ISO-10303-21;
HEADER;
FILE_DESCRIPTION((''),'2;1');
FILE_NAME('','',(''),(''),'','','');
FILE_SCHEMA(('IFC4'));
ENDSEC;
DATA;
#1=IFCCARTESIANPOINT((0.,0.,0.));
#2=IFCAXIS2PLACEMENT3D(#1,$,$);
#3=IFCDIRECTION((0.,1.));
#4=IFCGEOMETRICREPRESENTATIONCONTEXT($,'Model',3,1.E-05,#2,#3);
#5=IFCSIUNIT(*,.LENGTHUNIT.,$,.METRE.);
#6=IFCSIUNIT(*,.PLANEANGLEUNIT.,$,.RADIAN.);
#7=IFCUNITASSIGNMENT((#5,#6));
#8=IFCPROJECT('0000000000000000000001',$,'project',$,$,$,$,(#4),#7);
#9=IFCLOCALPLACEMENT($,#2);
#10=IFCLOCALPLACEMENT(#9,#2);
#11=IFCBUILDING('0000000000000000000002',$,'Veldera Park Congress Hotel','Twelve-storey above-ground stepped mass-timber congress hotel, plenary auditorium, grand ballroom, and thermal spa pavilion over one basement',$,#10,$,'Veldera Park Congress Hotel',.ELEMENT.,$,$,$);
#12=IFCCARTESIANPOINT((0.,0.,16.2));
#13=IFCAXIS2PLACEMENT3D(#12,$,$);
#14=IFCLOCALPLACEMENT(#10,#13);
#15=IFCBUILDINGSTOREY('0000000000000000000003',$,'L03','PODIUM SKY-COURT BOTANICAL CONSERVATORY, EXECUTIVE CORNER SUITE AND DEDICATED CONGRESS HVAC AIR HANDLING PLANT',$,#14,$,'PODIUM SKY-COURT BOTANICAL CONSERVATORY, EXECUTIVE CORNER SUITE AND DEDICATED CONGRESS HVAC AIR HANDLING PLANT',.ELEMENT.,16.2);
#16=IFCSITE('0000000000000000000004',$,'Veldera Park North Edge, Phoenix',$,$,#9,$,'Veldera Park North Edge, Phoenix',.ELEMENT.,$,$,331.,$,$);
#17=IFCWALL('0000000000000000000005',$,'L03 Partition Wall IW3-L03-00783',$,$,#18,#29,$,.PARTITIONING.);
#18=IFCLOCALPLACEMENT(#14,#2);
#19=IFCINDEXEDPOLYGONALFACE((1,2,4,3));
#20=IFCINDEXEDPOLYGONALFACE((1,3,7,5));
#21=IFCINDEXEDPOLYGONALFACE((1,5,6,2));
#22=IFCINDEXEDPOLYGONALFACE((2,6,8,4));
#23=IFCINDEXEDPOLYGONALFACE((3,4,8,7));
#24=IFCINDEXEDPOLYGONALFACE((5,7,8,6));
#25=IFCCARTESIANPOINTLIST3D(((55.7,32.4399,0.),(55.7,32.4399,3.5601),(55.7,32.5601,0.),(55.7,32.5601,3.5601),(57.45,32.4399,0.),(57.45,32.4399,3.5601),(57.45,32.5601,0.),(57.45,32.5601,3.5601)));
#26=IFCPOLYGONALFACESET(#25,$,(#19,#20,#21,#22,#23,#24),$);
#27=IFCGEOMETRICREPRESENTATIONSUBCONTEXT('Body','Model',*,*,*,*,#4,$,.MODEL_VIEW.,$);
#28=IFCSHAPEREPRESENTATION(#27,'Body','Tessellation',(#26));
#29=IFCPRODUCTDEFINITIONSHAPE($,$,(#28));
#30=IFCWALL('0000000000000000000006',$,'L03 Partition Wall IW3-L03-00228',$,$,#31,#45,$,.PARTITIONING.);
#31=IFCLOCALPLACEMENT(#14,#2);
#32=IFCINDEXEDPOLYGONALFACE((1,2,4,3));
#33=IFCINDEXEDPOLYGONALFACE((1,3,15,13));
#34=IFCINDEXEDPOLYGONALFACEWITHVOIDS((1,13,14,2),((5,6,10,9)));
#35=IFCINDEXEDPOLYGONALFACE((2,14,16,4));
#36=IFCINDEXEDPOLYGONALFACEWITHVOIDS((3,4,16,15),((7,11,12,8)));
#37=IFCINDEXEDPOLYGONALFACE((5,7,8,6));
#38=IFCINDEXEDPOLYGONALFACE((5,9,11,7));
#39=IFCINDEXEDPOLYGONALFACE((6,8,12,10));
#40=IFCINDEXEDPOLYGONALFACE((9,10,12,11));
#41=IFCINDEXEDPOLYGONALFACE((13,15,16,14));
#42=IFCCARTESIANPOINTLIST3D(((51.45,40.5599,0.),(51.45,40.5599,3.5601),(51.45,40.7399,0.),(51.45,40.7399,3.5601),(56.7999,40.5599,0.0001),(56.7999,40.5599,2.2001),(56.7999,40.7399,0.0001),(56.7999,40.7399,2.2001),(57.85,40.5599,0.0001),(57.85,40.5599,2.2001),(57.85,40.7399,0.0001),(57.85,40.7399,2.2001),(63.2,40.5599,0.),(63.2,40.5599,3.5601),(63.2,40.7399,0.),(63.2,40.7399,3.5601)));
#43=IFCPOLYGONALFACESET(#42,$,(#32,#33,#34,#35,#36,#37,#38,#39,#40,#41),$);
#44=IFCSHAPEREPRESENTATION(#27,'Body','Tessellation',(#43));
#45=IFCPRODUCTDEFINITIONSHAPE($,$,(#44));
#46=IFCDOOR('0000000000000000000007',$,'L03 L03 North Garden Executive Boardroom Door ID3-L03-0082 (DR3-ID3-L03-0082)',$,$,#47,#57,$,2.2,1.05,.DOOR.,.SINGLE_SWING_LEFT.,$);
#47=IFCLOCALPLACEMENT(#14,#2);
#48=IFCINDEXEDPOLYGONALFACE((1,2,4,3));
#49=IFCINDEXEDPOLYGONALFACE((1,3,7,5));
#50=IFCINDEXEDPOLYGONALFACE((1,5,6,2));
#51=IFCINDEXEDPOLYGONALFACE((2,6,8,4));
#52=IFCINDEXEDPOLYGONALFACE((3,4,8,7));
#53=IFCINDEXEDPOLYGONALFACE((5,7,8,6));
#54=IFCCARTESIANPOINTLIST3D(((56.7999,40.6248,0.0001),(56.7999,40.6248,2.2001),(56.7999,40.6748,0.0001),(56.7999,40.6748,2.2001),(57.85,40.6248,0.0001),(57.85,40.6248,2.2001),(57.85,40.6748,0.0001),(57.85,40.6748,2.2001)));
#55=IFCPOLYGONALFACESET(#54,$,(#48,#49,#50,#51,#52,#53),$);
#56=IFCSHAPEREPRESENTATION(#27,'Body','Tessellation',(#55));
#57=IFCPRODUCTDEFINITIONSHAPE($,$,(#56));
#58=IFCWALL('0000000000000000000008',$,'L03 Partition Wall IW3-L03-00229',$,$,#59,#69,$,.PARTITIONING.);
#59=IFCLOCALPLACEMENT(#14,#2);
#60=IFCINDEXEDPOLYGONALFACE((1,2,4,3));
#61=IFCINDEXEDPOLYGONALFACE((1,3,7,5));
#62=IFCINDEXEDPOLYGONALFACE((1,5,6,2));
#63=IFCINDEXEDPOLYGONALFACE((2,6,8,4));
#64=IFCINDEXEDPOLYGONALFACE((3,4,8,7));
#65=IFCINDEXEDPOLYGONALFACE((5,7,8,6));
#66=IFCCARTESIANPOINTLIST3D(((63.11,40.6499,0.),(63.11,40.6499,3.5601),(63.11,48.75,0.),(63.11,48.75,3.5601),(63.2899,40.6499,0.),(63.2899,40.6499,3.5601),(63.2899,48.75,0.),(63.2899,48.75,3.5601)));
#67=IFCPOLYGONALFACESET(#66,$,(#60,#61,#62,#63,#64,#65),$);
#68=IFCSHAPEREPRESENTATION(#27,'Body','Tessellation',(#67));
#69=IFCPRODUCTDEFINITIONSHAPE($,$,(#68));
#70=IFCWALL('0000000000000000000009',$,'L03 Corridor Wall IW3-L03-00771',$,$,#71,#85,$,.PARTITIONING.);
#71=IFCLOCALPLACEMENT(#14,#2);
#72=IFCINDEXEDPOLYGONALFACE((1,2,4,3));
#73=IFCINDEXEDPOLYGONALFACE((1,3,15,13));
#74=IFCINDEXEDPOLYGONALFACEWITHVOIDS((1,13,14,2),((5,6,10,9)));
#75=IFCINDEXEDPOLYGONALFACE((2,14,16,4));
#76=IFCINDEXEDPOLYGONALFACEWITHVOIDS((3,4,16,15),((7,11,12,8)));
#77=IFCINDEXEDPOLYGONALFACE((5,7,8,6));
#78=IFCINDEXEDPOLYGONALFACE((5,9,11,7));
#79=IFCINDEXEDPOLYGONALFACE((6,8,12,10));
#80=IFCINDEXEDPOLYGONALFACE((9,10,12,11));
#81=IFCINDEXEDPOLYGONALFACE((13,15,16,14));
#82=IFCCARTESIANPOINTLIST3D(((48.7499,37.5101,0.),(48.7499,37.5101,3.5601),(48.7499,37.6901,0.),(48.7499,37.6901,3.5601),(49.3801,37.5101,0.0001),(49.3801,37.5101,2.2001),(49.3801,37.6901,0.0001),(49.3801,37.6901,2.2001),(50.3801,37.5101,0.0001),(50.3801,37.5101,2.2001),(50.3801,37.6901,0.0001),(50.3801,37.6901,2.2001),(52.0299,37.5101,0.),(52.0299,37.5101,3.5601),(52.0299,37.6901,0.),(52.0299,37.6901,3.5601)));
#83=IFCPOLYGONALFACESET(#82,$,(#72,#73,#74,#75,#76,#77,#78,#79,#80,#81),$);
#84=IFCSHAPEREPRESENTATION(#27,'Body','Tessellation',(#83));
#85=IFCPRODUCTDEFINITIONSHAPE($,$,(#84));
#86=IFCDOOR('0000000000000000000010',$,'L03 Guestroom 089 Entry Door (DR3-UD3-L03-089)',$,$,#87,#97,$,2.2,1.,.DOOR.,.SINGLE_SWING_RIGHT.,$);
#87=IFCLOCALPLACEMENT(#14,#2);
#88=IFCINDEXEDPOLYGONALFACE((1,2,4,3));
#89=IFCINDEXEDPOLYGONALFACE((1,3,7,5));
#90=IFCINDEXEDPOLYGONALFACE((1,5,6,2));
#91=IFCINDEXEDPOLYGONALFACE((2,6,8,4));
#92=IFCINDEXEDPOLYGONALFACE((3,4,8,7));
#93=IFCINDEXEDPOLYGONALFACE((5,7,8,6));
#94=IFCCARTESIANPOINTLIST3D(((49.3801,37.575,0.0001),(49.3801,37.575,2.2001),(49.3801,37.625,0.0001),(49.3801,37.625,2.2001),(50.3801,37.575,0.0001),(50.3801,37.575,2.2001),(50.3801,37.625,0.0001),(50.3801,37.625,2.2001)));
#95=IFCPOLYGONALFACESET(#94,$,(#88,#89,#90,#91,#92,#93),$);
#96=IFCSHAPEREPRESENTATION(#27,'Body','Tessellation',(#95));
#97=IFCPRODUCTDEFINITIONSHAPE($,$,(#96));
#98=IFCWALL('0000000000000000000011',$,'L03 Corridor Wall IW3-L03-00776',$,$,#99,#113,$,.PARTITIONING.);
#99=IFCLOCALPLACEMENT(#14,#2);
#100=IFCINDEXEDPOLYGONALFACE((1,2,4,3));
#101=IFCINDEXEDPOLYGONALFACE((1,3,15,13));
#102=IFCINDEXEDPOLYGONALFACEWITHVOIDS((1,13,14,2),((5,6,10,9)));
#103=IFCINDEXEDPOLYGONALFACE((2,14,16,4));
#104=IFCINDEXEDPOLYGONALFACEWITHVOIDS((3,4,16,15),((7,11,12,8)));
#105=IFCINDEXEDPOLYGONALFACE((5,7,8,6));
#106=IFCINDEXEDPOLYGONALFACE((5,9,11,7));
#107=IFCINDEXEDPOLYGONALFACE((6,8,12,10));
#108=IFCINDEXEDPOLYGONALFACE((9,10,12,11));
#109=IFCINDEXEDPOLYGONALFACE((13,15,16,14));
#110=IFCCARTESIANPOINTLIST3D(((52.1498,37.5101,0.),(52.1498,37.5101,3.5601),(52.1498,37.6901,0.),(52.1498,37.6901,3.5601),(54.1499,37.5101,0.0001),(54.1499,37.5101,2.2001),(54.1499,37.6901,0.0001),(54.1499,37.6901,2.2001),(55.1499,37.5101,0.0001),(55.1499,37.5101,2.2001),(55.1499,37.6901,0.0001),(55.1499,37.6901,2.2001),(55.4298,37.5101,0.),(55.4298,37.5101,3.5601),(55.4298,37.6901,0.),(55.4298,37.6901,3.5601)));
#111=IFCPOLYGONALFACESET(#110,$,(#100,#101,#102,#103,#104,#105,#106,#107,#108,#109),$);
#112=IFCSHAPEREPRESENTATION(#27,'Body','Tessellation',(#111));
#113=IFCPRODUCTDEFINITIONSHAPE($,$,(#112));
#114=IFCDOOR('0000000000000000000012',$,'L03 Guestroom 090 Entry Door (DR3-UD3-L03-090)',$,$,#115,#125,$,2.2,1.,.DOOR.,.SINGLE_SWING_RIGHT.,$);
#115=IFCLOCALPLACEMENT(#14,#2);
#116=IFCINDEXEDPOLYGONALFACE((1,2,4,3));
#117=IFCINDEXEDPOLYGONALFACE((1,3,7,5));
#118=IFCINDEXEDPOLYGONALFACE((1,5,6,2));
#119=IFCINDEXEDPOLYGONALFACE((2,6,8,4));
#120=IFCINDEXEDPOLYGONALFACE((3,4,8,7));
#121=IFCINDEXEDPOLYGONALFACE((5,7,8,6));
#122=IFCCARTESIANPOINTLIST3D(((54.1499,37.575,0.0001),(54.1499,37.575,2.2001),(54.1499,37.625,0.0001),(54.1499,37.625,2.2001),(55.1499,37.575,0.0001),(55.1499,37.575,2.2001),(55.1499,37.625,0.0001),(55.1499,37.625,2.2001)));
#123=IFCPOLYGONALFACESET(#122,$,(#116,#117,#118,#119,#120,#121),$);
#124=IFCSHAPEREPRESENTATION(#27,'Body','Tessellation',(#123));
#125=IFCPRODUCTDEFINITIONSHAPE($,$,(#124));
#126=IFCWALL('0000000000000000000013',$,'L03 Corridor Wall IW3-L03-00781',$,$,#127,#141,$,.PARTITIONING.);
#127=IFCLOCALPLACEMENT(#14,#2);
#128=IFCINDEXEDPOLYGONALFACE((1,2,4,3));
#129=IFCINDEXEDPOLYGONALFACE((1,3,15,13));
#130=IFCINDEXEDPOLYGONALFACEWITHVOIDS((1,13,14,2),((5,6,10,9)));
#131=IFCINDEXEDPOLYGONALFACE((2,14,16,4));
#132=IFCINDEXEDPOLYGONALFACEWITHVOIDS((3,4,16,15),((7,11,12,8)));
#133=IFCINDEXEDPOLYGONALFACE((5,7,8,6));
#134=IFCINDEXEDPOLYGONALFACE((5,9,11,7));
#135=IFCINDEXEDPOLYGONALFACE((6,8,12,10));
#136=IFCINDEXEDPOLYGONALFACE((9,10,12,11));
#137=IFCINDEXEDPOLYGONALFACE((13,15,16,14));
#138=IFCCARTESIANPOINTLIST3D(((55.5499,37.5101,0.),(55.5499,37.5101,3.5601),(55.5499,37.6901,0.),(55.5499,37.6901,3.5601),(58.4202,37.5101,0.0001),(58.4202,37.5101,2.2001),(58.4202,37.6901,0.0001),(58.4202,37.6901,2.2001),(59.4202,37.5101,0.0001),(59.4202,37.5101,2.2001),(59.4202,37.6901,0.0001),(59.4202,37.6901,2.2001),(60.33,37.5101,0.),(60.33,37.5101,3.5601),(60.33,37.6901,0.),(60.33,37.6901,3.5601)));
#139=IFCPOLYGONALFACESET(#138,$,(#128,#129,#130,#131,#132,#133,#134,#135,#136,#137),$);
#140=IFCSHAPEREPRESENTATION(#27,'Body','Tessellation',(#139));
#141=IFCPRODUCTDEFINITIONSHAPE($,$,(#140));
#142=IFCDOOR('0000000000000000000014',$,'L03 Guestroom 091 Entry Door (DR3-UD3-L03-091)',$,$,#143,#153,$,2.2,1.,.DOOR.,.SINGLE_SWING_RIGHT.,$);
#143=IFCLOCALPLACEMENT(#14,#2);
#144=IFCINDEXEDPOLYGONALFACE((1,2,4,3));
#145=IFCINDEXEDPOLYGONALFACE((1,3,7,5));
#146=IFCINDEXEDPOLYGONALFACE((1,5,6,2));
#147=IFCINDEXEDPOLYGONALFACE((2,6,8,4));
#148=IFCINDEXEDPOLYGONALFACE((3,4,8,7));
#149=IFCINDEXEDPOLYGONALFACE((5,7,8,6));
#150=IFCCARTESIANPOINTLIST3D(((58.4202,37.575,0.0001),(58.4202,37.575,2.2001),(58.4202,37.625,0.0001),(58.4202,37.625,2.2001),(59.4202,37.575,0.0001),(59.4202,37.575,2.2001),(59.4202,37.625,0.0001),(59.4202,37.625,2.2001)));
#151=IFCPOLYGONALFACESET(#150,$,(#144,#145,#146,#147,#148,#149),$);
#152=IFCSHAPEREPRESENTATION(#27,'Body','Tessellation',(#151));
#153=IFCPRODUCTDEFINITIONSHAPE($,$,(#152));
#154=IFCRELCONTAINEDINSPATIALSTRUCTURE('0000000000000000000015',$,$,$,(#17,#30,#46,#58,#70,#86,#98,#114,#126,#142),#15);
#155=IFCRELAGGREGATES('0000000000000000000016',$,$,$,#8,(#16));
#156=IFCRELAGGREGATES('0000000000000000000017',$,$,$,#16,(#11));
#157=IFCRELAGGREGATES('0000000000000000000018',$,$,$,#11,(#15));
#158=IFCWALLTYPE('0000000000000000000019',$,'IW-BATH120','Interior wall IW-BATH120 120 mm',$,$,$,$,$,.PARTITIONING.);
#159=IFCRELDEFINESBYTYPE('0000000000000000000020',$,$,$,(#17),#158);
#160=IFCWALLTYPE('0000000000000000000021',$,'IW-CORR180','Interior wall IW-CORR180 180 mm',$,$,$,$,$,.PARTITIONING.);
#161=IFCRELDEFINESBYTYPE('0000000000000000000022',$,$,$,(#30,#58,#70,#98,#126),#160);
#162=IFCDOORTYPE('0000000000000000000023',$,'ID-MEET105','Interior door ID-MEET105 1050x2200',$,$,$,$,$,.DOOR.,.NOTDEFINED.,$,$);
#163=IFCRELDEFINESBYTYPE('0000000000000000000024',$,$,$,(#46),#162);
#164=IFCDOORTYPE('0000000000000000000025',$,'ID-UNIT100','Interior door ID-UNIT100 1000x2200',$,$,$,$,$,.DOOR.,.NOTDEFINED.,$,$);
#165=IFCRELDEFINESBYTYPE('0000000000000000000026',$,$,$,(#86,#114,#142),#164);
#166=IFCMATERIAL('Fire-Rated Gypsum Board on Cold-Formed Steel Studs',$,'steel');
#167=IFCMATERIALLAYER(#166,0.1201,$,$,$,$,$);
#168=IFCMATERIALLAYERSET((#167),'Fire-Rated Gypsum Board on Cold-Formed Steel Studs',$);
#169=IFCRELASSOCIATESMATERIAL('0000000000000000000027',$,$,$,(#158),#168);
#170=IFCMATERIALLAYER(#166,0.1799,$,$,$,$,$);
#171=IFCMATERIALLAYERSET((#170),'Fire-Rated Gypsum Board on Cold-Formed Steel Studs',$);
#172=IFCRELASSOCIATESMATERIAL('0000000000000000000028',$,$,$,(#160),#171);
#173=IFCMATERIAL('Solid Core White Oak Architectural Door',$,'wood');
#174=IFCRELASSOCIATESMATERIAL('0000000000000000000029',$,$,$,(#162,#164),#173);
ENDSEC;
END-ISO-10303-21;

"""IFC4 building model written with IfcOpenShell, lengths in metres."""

from ifc_helpers import new_model, si_unit, direction, frame, frame_2d, origin, place, context, subcontext, project, spatial, rectangle, extrude, material, layer, layer_set, type_object, element, fill, save


model = new_model("IFC4")

# Units and contexts
model_context = context("Model", 3, precision=1e-05, world=origin(), true_north=direction((0.0, 1.0)))
body_context = subcontext(model_context, "Body", "Model", "MODEL_VIEW")
ifc_project = project(units=[si_unit("LENGTHUNIT", "METRE"), si_unit("PLANEANGLEUNIT", "RADIAN")], contexts=[model_context])

# Site, building, storey
site_placement = place(None, origin())
site = spatial("IfcSite", under=ifc_project, at=site_placement, Name="Veldera Park North Edge, Phoenix", LongName="Veldera Park North Edge, Phoenix", CompositionType="ELEMENT", RefElevation=331.0)
building_placement = place(site_placement, origin())
building = spatial("IfcBuilding", under=site, at=building_placement, Name="Veldera Park Congress Hotel", Description="Twelve-storey above-ground stepped mass-timber congress hotel, plenary auditorium, grand ballroom, and thermal spa pavilion over one basement", LongName="Veldera Park Congress Hotel", CompositionType="ELEMENT")
storey_placement = place(building_placement, frame((0.0, 0.0, 16.2)))
storey = spatial("IfcBuildingStorey", under=building, at=storey_placement, Name="L03", Description="PODIUM SKY-COURT BOTANICAL CONSERVATORY, EXECUTIVE CORNER SUITE AND DEDICATED CONGRESS HVAC AIR HANDLING PLANT", LongName="PODIUM SKY-COURT BOTANICAL CONSERVATORY, EXECUTIVE CORNER SUITE AND DEDICATED CONGRESS HVAC AIR HANDLING PLANT", CompositionType="ELEMENT", Elevation=16.2)

# Wall
ifc_material_1 = material(Name="Fire-Rated Gypsum Board on Cold-Formed Steel Studs", Category="steel")
ifc_layer_1 = layer(ifc_material_1, 0.1201)
ifc_layer_set_1 = layer_set([ifc_layer_1], Name="Fire-Rated Gypsum Board on Cold-Formed Steel Studs")
wall_type_1 = type_object("IfcWallType", Name="IW-BATH120", Description="Interior wall IW-BATH120 120 mm", PredefinedType="PARTITIONING", material=ifc_layer_set_1)
wall_1_placement = place(storey_placement, frame((55.7, 32.5, 0.0), z_axis=(0.0, 0.0, 1.0), x_axis=(1.0, 0.0, 0.0)))
element("IfcWall", 1, at=wall_1_placement, inside=storey, type_object=wall_type_1, Name="L03 Partition Wall IW3-L03-00783", PredefinedType="PARTITIONING", context=body_context, shape_type="SweptSolid", body=[
    extrude(rectangle(XDim=1.75, YDim=0.1201, at=frame_2d((0.875, 0.0))), origin(), (0.0, 0.0, 1.0), 3.5601),
])

# Wall, opening, door
ifc_layer_2 = layer(ifc_material_1, 0.1799)
ifc_layer_set_2 = layer_set([ifc_layer_2], Name="Fire-Rated Gypsum Board on Cold-Formed Steel Studs")
wall_type_2 = type_object("IfcWallType", Name="IW-CORR180", Description="Interior wall IW-CORR180 180 mm", PredefinedType="PARTITIONING", material=ifc_layer_set_2)
wall_2_placement = place(storey_placement, frame((51.45, 40.6499, 0.0), z_axis=(0.0, 0.0, 1.0), x_axis=(1.0, 0.0, 0.0)))
wall_2 = element("IfcWall", 2, at=wall_2_placement, inside=storey, type_object=wall_type_2, Name="L03 Partition Wall IW3-L03-00228", PredefinedType="PARTITIONING", context=body_context, shape_type="SweptSolid", body=[
    extrude(rectangle(XDim=11.75, YDim=0.1799, at=frame_2d((5.875, 0.0))), origin(), (0.0, 0.0, 1.0), 3.5601),
])
opening_1_placement = place(wall_2_placement, frame((5.3501, 0.0, 0.0)))
opening_1 = element("IfcOpeningElement", 3, at=opening_1_placement, cuts=wall_2, PredefinedType="OPENING", context=body_context, shape_type="SweptSolid", body=[
    extrude(rectangle(XDim=1.05, YDim=2.2, at=frame_2d((0.5249, 1.1001))), frame((0.0, 0.1021, 0.0), z_axis=(0.0, -1.0, 0.0), x_axis=(1.0, 0.0, 0.0)), (0.0, 0.0, 1.0), 0.2039),
])
ifc_material_2 = material(Name="Solid Core White Oak Architectural Door", Category="wood")
door_type_1 = type_object("IfcDoorType", Name="ID-MEET105", Description="Interior door ID-MEET105 1050x2200", OperationType="NOTDEFINED", PredefinedType="DOOR", material=ifc_material_2)
door_1_placement = place(opening_1_placement, origin())
door_1 = element("IfcDoor", 4, at=door_1_placement, inside=storey, type_object=door_type_1, Name="L03 L03 North Garden Executive Boardroom Door ID3-L03-0082 (DR3-ID3-L03-0082)", OperationType="SINGLE_SWING_LEFT", OverallHeight=2.2, OverallWidth=1.05, PredefinedType="DOOR", context=body_context, shape_type="SweptSolid", body=[
    extrude(rectangle(XDim=1.05, YDim=2.2, at=frame_2d((0.5249, 1.1001))), frame((0.0, 0.0249, 0.0), z_axis=(0.0, -1.0, 0.0), x_axis=(1.0, 0.0, 0.0)), (0.0, 0.0, 1.0), 0.05),
])
fill(opening_1, door_1)

# Wall
wall_3_placement = place(storey_placement, frame((63.2, 40.6499, 0.0), z_axis=(0.0, 0.0, 1.0), x_axis=(0.0, 1.0, 0.0)))
element("IfcWall", 5, at=wall_3_placement, inside=storey, type_object=wall_type_2, Name="L03 Partition Wall IW3-L03-00229", PredefinedType="PARTITIONING", context=body_context, shape_type="SweptSolid", body=[
    extrude(rectangle(XDim=8.1001, YDim=0.1799, at=frame_2d((4.05, 0.0))), origin(), (0.0, 0.0, 1.0), 3.5601),
])

# Walls, openings, doors
wall_4_placement = place(storey_placement, frame((52.03, 37.6001, 0.0), z_axis=(0.0, 0.0, 1.0), x_axis=(-1.0, 0.0, 0.0)))
wall_4 = element("IfcWall", 6, at=wall_4_placement, inside=storey, type_object=wall_type_2, Name="L03 Corridor Wall IW3-L03-00771", PredefinedType="PARTITIONING", context=body_context, shape_type="SweptSolid", body=[
    extrude(rectangle(XDim=3.28, YDim=0.1799, at=frame_2d((1.6401, 0.0))), origin(), (0.0, 0.0, 1.0), 3.5601),
])
opening_2_placement = place(wall_4_placement, frame((1.6499, 0.0, 0.0)))
opening_2 = element("IfcOpeningElement", 7, at=opening_2_placement, cuts=wall_4, PredefinedType="OPENING", context=body_context, shape_type="SweptSolid", body=[
    extrude(rectangle(XDim=1.0, YDim=2.2, at=frame_2d((0.5, 1.1001))), frame((0.0, 0.1021, 0.0), z_axis=(0.0, -1.0, 0.0), x_axis=(1.0, 0.0, 0.0)), (0.0, 0.0, 1.0), 0.2039),
])
door_type_2 = type_object("IfcDoorType", Name="ID-UNIT100", Description="Interior door ID-UNIT100 1000x2200", OperationType="NOTDEFINED", PredefinedType="DOOR", material=ifc_material_2)
door_2_placement = place(opening_2_placement, frame((1.0, 0.0, 0.0), z_axis=(0.0, 0.0, 1.0), x_axis=(-1.0, 0.0, 0.0)))
door_2 = element("IfcDoor", 8, at=door_2_placement, inside=storey, type_object=door_type_2, Name="L03 Guestroom 089 Entry Door (DR3-UD3-L03-089)", OperationType="SINGLE_SWING_RIGHT", OverallHeight=2.2, OverallWidth=1.0, PredefinedType="DOOR", context=body_context, shape_type="SweptSolid", body=[
    extrude(rectangle(XDim=1.0, YDim=2.2, at=frame_2d((0.5, 1.1001))), frame((0.0, 0.0249, 0.0), z_axis=(0.0, -1.0, 0.0), x_axis=(1.0, 0.0, 0.0)), (0.0, 0.0, 1.0), 0.05),
])
fill(opening_2, door_2)
wall_5_placement = place(storey_placement, frame((55.4299, 37.6001, 0.0), z_axis=(0.0, 0.0, 1.0), x_axis=(-1.0, 0.0, 0.0)))
wall_5 = element("IfcWall", 9, at=wall_5_placement, inside=storey, type_object=wall_type_2, Name="L03 Corridor Wall IW3-L03-00776", PredefinedType="PARTITIONING", context=body_context, shape_type="SweptSolid", body=[
    extrude(rectangle(XDim=3.28, YDim=0.1799, at=frame_2d((1.6401, 0.0))), origin(), (0.0, 0.0, 1.0), 3.5601),
])
opening_3_placement = place(wall_5_placement, frame((0.28, 0.0, 0.0)))
opening_3 = element("IfcOpeningElement", 10, at=opening_3_placement, cuts=wall_5, PredefinedType="OPENING", context=body_context, shape_type="SweptSolid", body=[
    extrude(rectangle(XDim=1.0, YDim=2.2, at=frame_2d((0.5, 1.1001))), frame((0.0, 0.1021, 0.0), z_axis=(0.0, -1.0, 0.0), x_axis=(1.0, 0.0, 0.0)), (0.0, 0.0, 1.0), 0.2039),
])
door_3_placement = place(opening_3_placement, frame((1.0, 0.0, 0.0), z_axis=(0.0, 0.0, 1.0), x_axis=(-1.0, 0.0, 0.0)))
door_3 = element("IfcDoor", 11, at=door_3_placement, inside=storey, type_object=door_type_2, Name="L03 Guestroom 090 Entry Door (DR3-UD3-L03-090)", OperationType="SINGLE_SWING_RIGHT", OverallHeight=2.2, OverallWidth=1.0, PredefinedType="DOOR", context=body_context, shape_type="SweptSolid", body=[
    extrude(rectangle(XDim=1.0, YDim=2.2, at=frame_2d((0.5, 1.1001))), frame((0.0, 0.0249, 0.0), z_axis=(0.0, -1.0, 0.0), x_axis=(1.0, 0.0, 0.0)), (0.0, 0.0, 1.0), 0.05),
])
fill(opening_3, door_3)
wall_6_placement = place(storey_placement, frame((60.3301, 37.6001, 0.0), z_axis=(0.0, 0.0, 1.0), x_axis=(-1.0, 0.0, 0.0)))
wall_6 = element("IfcWall", 12, at=wall_6_placement, inside=storey, type_object=wall_type_2, Name="L03 Corridor Wall IW3-L03-00781", PredefinedType="PARTITIONING", context=body_context, shape_type="SweptSolid", body=[
    extrude(rectangle(XDim=4.78, YDim=0.1799, at=frame_2d((2.3901, 0.0))), origin(), (0.0, 0.0, 1.0), 3.5601),
])
opening_4_placement = place(wall_6_placement, frame((0.9099, 0.0, 0.0)))
opening_4 = element("IfcOpeningElement", 13, at=opening_4_placement, cuts=wall_6, PredefinedType="OPENING", context=body_context, shape_type="SweptSolid", body=[
    extrude(rectangle(XDim=1.0, YDim=2.2, at=frame_2d((0.5, 1.1001))), frame((0.0, 0.1021, 0.0), z_axis=(0.0, -1.0, 0.0), x_axis=(1.0, 0.0, 0.0)), (0.0, 0.0, 1.0), 0.2039),
])
door_4_placement = place(opening_4_placement, frame((1.0, 0.0, 0.0), z_axis=(0.0, 0.0, 1.0), x_axis=(-1.0, 0.0, 0.0)))
door_4 = element("IfcDoor", 14, at=door_4_placement, inside=storey, type_object=door_type_2, Name="L03 Guestroom 091 Entry Door (DR3-UD3-L03-091)", OperationType="SINGLE_SWING_RIGHT", OverallHeight=2.2, OverallWidth=1.0, PredefinedType="DOOR", context=body_context, shape_type="SweptSolid", body=[
    extrude(rectangle(XDim=1.0, YDim=2.2, at=frame_2d((0.5, 1.1001))), frame((0.0, 0.0249, 0.0), z_axis=(0.0, -1.0, 0.0), x_axis=(1.0, 0.0, 0.0)), (0.0, 0.0, 1.0), 0.05),
])
fill(opening_4, door_4)

save(model, "model.ifc")
